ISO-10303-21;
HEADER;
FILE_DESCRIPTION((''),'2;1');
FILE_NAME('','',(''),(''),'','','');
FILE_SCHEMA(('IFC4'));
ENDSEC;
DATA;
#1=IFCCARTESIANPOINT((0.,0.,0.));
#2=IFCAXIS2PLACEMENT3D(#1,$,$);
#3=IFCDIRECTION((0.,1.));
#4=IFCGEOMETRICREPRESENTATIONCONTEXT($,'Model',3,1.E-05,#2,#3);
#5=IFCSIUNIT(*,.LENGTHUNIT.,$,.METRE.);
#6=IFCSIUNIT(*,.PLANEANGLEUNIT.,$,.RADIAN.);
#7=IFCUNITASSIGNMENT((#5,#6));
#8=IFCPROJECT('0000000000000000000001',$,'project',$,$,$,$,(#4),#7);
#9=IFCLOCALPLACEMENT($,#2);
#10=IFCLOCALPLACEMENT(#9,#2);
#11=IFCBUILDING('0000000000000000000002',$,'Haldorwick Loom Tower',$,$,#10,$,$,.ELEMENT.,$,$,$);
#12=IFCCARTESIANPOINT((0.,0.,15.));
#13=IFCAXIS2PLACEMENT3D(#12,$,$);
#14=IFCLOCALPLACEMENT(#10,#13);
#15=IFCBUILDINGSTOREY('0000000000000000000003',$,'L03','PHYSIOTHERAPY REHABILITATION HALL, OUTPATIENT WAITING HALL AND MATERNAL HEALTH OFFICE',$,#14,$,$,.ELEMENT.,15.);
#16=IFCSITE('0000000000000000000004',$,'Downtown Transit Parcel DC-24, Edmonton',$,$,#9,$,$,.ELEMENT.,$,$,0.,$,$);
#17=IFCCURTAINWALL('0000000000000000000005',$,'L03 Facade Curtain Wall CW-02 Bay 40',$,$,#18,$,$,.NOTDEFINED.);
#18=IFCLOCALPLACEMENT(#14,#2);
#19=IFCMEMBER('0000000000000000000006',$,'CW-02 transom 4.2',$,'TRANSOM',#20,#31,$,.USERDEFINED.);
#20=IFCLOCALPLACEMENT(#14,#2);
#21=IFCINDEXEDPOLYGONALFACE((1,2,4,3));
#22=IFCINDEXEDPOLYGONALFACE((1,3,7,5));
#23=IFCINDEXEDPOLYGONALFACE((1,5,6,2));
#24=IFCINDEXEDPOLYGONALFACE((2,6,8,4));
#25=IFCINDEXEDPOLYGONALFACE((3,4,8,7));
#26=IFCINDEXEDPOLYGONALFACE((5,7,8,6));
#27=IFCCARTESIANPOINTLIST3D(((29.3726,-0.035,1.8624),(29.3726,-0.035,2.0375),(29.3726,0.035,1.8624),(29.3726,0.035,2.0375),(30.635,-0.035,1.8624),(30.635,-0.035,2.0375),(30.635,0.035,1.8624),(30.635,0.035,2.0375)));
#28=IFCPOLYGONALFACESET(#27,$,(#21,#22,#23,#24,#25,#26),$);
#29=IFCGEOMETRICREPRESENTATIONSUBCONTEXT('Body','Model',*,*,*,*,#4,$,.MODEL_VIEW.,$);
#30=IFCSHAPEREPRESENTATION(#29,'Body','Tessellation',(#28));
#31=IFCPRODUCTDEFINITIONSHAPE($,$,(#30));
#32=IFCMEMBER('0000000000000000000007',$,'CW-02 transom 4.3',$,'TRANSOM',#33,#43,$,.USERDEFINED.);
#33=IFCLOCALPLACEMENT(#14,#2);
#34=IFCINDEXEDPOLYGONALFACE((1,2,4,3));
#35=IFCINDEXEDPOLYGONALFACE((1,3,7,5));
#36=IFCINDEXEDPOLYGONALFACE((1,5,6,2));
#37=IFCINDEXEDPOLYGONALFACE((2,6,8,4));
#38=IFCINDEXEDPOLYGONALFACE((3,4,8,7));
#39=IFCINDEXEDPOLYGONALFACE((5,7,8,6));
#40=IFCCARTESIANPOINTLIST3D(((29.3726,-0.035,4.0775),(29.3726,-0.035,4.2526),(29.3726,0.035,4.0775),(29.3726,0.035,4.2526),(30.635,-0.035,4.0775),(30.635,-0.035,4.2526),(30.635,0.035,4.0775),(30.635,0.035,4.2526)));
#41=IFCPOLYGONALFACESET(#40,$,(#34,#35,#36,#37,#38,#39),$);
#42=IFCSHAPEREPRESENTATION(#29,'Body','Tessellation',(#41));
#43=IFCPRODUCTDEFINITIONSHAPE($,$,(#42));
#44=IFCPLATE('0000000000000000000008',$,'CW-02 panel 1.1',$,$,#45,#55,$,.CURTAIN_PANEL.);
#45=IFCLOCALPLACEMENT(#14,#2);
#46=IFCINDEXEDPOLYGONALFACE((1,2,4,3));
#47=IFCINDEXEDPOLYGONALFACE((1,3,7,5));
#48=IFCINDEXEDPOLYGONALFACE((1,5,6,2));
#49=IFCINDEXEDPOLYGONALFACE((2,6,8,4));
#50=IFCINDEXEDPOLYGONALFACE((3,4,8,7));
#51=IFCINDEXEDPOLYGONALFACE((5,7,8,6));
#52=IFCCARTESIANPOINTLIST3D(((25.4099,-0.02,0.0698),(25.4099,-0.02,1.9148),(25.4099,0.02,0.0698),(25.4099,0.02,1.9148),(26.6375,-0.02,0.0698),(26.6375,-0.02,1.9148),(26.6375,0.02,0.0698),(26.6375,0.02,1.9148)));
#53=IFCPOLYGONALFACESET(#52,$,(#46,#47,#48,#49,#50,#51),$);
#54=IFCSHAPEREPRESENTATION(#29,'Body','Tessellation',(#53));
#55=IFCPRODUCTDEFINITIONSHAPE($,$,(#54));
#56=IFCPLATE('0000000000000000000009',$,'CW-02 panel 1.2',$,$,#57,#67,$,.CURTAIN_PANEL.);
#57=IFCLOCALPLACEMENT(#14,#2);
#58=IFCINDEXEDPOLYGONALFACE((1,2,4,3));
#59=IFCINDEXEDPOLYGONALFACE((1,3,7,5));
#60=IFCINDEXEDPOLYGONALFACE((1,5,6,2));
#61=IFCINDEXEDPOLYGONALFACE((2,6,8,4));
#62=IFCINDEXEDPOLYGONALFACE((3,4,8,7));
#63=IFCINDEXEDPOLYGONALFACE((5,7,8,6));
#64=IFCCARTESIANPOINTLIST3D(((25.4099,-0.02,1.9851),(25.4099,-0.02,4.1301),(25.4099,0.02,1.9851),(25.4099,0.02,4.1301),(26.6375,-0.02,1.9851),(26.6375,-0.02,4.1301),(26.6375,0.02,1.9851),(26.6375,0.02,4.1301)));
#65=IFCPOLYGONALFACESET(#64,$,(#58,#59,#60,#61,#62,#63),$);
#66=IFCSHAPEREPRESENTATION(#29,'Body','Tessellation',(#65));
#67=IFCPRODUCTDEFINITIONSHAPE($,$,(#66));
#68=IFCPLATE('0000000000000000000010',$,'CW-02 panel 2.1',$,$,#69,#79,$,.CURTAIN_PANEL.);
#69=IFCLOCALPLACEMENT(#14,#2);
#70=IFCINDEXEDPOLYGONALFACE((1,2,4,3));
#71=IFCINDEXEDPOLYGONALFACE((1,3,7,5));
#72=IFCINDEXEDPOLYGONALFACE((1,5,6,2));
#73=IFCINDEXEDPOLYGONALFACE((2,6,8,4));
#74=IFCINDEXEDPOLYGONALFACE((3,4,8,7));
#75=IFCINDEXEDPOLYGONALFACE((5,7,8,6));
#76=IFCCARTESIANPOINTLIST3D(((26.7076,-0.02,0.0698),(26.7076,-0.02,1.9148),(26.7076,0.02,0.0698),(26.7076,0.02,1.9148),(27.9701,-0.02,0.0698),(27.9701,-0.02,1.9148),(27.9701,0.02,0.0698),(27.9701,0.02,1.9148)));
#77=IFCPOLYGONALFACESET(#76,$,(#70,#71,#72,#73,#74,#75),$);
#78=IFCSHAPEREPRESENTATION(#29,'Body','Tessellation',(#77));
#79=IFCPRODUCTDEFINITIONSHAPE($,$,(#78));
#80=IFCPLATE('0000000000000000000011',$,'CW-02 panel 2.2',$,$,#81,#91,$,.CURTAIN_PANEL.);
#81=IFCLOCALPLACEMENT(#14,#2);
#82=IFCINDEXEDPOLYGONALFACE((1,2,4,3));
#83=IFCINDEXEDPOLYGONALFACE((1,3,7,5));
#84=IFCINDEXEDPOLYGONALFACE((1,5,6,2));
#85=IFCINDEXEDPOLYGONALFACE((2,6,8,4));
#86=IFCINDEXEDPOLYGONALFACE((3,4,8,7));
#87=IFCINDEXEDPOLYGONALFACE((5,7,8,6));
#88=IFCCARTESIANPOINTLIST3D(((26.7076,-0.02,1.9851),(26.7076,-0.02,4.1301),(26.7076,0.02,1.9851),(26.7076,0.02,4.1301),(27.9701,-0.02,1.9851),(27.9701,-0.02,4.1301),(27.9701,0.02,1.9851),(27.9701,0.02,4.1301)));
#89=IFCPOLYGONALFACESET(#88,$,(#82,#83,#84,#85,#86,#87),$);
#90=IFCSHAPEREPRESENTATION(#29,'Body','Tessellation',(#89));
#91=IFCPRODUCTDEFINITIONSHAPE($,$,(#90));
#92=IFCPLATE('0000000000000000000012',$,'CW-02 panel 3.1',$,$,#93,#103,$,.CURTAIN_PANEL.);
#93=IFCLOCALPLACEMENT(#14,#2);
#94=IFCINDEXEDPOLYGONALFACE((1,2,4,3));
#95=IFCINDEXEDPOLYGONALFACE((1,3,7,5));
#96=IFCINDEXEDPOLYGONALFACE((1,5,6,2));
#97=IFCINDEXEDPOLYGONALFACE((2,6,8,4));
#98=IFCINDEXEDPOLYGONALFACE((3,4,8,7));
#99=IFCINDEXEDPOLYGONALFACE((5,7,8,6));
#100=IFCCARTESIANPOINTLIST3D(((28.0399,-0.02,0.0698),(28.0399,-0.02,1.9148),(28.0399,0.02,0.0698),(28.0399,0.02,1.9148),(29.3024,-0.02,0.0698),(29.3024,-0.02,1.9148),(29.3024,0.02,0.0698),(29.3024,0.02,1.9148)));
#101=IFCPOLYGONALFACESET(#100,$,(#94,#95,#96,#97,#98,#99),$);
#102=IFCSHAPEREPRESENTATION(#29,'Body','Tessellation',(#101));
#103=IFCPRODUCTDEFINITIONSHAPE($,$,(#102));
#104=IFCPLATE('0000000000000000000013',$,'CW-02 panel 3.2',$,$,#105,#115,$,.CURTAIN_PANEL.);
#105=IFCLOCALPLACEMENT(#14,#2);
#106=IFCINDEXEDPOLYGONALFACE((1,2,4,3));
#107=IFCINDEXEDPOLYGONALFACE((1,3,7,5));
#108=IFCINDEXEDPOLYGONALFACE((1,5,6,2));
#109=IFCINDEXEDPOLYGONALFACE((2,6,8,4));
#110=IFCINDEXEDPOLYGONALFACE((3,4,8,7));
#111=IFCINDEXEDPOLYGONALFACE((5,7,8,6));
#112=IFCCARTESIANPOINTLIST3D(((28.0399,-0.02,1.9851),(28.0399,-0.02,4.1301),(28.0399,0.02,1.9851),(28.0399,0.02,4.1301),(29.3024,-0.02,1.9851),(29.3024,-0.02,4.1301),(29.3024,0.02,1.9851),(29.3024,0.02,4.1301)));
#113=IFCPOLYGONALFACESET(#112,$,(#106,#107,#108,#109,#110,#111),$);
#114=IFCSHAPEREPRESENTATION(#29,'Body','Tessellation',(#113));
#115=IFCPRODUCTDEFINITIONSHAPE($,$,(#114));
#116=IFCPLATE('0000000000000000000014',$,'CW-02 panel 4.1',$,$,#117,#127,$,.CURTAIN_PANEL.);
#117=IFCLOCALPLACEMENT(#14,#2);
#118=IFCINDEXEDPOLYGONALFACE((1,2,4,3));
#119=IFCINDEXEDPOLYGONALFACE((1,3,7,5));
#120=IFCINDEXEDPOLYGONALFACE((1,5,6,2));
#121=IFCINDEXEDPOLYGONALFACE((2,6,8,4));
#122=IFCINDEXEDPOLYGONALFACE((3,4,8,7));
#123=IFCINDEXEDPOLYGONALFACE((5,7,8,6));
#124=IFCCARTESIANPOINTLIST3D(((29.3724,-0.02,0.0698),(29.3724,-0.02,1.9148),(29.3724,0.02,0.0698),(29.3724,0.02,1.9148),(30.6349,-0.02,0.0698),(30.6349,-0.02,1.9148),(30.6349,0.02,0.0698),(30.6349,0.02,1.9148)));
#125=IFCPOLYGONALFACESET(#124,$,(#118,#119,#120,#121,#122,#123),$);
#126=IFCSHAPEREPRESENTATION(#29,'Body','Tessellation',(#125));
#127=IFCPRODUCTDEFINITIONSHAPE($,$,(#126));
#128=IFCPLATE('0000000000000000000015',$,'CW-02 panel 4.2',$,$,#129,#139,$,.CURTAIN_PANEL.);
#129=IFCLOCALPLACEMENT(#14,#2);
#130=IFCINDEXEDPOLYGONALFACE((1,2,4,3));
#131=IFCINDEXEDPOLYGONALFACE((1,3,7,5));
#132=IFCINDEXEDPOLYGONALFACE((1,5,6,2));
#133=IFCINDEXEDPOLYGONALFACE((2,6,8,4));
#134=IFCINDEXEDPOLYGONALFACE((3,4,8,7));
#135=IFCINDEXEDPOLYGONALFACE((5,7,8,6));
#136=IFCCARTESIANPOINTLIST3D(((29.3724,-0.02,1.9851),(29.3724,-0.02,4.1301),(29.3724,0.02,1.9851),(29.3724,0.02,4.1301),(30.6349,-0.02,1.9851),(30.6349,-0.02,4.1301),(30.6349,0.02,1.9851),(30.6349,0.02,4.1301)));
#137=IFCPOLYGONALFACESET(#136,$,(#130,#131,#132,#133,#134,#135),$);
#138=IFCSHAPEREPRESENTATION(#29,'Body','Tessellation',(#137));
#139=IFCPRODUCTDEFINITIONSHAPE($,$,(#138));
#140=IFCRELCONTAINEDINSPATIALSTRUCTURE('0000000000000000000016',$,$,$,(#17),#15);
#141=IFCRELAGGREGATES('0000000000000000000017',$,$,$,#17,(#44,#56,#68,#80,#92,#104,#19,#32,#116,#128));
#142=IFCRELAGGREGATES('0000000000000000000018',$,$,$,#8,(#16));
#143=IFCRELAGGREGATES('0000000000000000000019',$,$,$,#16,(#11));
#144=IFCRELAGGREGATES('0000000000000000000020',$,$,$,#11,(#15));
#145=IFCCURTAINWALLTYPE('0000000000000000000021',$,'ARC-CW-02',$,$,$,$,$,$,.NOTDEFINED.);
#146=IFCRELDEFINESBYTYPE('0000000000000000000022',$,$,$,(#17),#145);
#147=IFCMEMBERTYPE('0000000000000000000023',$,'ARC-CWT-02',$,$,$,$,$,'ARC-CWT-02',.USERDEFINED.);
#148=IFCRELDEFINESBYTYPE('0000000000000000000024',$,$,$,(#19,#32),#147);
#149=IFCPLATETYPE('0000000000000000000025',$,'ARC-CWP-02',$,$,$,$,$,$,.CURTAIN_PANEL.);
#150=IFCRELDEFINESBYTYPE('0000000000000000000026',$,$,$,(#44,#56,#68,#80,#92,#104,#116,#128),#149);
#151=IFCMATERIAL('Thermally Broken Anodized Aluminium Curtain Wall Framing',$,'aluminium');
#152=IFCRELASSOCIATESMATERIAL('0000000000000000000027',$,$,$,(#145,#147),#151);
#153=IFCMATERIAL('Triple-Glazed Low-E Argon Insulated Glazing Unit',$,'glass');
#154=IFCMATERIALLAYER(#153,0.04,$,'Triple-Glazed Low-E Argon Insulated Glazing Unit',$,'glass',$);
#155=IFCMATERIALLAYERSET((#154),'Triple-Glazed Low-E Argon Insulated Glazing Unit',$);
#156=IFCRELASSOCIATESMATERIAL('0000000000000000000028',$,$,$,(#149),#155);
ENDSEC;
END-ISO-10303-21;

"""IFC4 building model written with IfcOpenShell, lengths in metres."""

from ifc_helpers import new_model, si_unit, direction, frame, origin, origin_2d, place, context, subcontext, project, spatial, rectangle, extrude, material, layer, layer_set, material_profile, profile_set, type_object, element, aggregate, save


model = new_model("IFC4")

# Units and contexts
model_context = context("Model", 3, precision=1e-05, world=origin(), true_north=direction((0.0, 1.0)))
body_context = subcontext(model_context, "Body", "Model", "MODEL_VIEW")
ifc_project = project(units=[si_unit("LENGTHUNIT", "METRE"), si_unit("PLANEANGLEUNIT", "RADIAN")], contexts=[model_context])

# Site, building, storey
site_placement = place(None, origin())
site = spatial("IfcSite", under=ifc_project, at=site_placement, Name="Downtown Transit Parcel DC-24, Edmonton", CompositionType="ELEMENT", RefElevation=0.0)
building_placement = place(site_placement, origin())
building = spatial("IfcBuilding", under=site, at=building_placement, Name="Haldorwick Loom Tower", CompositionType="ELEMENT")
storey_placement = place(building_placement, frame((0.0, 0.0, 15.0)))
storey = spatial("IfcBuildingStorey", under=building, at=storey_placement, Name="L03", Description="PHYSIOTHERAPY REHABILITATION HALL, OUTPATIENT WAITING HALL AND MATERNAL HEALTH OFFICE", CompositionType="ELEMENT", Elevation=15.0)

# Curtain wall, members, plates
ifc_material_1 = material(Name="Thermally Broken Anodized Aluminium Curtain Wall Framing", Category="aluminium")
curtain_wall_type = type_object("IfcCurtainWallType", Name="ARC-CW-02", PredefinedType="NOTDEFINED", material=ifc_material_1)
curtain_wall_placement = place(storey_placement, origin())
curtain_wall = element("IfcCurtainWall", 1, at=curtain_wall_placement, inside=storey, type_object=curtain_wall_type, Name="L03 Facade Curtain Wall CW-02 Bay 40", PredefinedType="NOTDEFINED")
ifc_material_profile_1 = material_profile(ifc_material_1, rectangle(XDim=0.0701, YDim=0.175, at=origin_2d()), Name="ALU_TRN_70X175", Category="aluminium")
ifc_profile_set_1 = profile_set([ifc_material_profile_1], Name="Thermally Broken Anodized Aluminium Curtain Wall Framing")
member_type_1 = type_object("IfcMemberType", Name="ARC-CWT-02", ElementType="ARC-CWT-02", PredefinedType="USERDEFINED", material=ifc_profile_set_1)
member_1_placement = place(storey_placement, frame((29.3726, 0.0, 1.95), z_axis=(1.0, 0.0, 0.0), x_axis=(0.0, 1.0, 0.0)))
member_1 = element("IfcMember", 2, at=member_1_placement, type_object=member_type_1, Name="CW-02 transom 4.2", ObjectType="TRANSOM", PredefinedType="USERDEFINED", context=body_context, shape_type="SweptSolid", body=[
    extrude(rectangle(XDim=0.0701, YDim=0.175, at=origin_2d()), origin(), (0.0, 0.0, 1.0), 1.2625),
])
member_2_placement = place(storey_placement, frame((29.3726, 0.0, 4.165), z_axis=(1.0, 0.0, 0.0), x_axis=(0.0, 1.0, 0.0)))
member_2 = element("IfcMember", 3, at=member_2_placement, type_object=member_type_1, Name="CW-02 transom 4.3", ObjectType="TRANSOM", PredefinedType="USERDEFINED", context=body_context, shape_type="SweptSolid", body=[
    extrude(rectangle(XDim=0.0701, YDim=0.175, at=origin_2d()), origin(), (0.0, 0.0, 1.0), 1.2625),
])
ifc_material_2 = material(Name="Triple-Glazed Low-E Argon Insulated Glazing Unit", Category="glass")
ifc_layer = layer(ifc_material_2, 0.04, Name="Triple-Glazed Low-E Argon Insulated Glazing Unit", Category="glass")
ifc_layer_set = layer_set([ifc_layer], Name="Triple-Glazed Low-E Argon Insulated Glazing Unit")
plate_type = type_object("IfcPlateType", Name="ARC-CWP-02", PredefinedType="CURTAIN_PANEL", material=ifc_layer_set)
plate_1_placement = place(storey_placement, frame((26.0237, 0.0, 0.0698), z_axis=(0.0, 0.0, 1.0), x_axis=(1.0, 0.0, 0.0)))
plate_1 = element("IfcPlate", 4, at=plate_1_placement, type_object=plate_type, Name="CW-02 panel 1.1", PredefinedType="CURTAIN_PANEL", context=body_context, shape_type="SweptSolid", body=[
    extrude(rectangle(XDim=1.2275, YDim=0.04, at=origin_2d()), origin(), (0.0, 0.0, 1.0), 1.845),
])
plate_2_placement = place(storey_placement, frame((26.0237, 0.0, 1.9851), z_axis=(0.0, 0.0, 1.0), x_axis=(1.0, 0.0, 0.0)))
plate_2 = element("IfcPlate", 5, at=plate_2_placement, type_object=plate_type, Name="CW-02 panel 1.2", PredefinedType="CURTAIN_PANEL", context=body_context, shape_type="SweptSolid", body=[
    extrude(rectangle(XDim=1.2275, YDim=0.04, at=origin_2d()), origin(), (0.0, 0.0, 1.0), 2.145),
])
plate_3_placement = place(storey_placement, frame((27.3389, 0.0, 0.0698), z_axis=(0.0, 0.0, 1.0), x_axis=(1.0, 0.0, 0.0)))
plate_3 = element("IfcPlate", 6, at=plate_3_placement, type_object=plate_type, Name="CW-02 panel 2.1", PredefinedType="CURTAIN_PANEL", context=body_context, shape_type="SweptSolid", body=[
    extrude(rectangle(XDim=1.2625, YDim=0.04, at=origin_2d()), origin(), (0.0, 0.0, 1.0), 1.845),
])
plate_4_placement = place(storey_placement, frame((27.3389, 0.0, 1.9851), z_axis=(0.0, 0.0, 1.0), x_axis=(1.0, 0.0, 0.0)))
plate_4 = element("IfcPlate", 7, at=plate_4_placement, type_object=plate_type, Name="CW-02 panel 2.2", PredefinedType="CURTAIN_PANEL", context=body_context, shape_type="SweptSolid", body=[
    extrude(rectangle(XDim=1.2625, YDim=0.04, at=origin_2d()), origin(), (0.0, 0.0, 1.0), 2.145),
])
plate_5_placement = place(storey_placement, frame((28.6711, 0.0, 0.0698), z_axis=(0.0, 0.0, 1.0), x_axis=(1.0, 0.0, 0.0)))
plate_5 = element("IfcPlate", 8, at=plate_5_placement, type_object=plate_type, Name="CW-02 panel 3.1", PredefinedType="CURTAIN_PANEL", context=body_context, shape_type="SweptSolid", body=[
    extrude(rectangle(XDim=1.2625, YDim=0.04, at=origin_2d()), origin(), (0.0, 0.0, 1.0), 1.845),
])
plate_6_placement = place(storey_placement, frame((28.6711, 0.0, 1.9851), z_axis=(0.0, 0.0, 1.0), x_axis=(1.0, 0.0, 0.0)))
plate_6 = element("IfcPlate", 9, at=plate_6_placement, type_object=plate_type, Name="CW-02 panel 3.2", PredefinedType="CURTAIN_PANEL", context=body_context, shape_type="SweptSolid", body=[
    extrude(rectangle(XDim=1.2625, YDim=0.04, at=origin_2d()), origin(), (0.0, 0.0, 1.0), 2.145),
])
plate_7_placement = place(storey_placement, frame((30.0037, 0.0, 0.0698), z_axis=(0.0, 0.0, 1.0), x_axis=(1.0, 0.0, 0.0)))
plate_7 = element("IfcPlate", 10, at=plate_7_placement, type_object=plate_type, Name="CW-02 panel 4.1", PredefinedType="CURTAIN_PANEL", context=body_context, shape_type="SweptSolid", body=[
    extrude(rectangle(XDim=1.2625, YDim=0.04, at=origin_2d()), origin(), (0.0, 0.0, 1.0), 1.845),
])
plate_8_placement = place(storey_placement, frame((30.0037, 0.0, 1.9851), z_axis=(0.0, 0.0, 1.0), x_axis=(1.0, 0.0, 0.0)))
plate_8 = element("IfcPlate", 11, at=plate_8_placement, type_object=plate_type, Name="CW-02 panel 4.2", PredefinedType="CURTAIN_PANEL", context=body_context, shape_type="SweptSolid", body=[
    extrude(rectangle(XDim=1.2625, YDim=0.04, at=origin_2d()), origin(), (0.0, 0.0, 1.0), 2.145),
])
aggregate(curtain_wall, [plate_1, plate_2, plate_3, plate_4, plate_5, plate_6, member_1, member_2, plate_7, plate_8])

save(model, "model.ifc")
